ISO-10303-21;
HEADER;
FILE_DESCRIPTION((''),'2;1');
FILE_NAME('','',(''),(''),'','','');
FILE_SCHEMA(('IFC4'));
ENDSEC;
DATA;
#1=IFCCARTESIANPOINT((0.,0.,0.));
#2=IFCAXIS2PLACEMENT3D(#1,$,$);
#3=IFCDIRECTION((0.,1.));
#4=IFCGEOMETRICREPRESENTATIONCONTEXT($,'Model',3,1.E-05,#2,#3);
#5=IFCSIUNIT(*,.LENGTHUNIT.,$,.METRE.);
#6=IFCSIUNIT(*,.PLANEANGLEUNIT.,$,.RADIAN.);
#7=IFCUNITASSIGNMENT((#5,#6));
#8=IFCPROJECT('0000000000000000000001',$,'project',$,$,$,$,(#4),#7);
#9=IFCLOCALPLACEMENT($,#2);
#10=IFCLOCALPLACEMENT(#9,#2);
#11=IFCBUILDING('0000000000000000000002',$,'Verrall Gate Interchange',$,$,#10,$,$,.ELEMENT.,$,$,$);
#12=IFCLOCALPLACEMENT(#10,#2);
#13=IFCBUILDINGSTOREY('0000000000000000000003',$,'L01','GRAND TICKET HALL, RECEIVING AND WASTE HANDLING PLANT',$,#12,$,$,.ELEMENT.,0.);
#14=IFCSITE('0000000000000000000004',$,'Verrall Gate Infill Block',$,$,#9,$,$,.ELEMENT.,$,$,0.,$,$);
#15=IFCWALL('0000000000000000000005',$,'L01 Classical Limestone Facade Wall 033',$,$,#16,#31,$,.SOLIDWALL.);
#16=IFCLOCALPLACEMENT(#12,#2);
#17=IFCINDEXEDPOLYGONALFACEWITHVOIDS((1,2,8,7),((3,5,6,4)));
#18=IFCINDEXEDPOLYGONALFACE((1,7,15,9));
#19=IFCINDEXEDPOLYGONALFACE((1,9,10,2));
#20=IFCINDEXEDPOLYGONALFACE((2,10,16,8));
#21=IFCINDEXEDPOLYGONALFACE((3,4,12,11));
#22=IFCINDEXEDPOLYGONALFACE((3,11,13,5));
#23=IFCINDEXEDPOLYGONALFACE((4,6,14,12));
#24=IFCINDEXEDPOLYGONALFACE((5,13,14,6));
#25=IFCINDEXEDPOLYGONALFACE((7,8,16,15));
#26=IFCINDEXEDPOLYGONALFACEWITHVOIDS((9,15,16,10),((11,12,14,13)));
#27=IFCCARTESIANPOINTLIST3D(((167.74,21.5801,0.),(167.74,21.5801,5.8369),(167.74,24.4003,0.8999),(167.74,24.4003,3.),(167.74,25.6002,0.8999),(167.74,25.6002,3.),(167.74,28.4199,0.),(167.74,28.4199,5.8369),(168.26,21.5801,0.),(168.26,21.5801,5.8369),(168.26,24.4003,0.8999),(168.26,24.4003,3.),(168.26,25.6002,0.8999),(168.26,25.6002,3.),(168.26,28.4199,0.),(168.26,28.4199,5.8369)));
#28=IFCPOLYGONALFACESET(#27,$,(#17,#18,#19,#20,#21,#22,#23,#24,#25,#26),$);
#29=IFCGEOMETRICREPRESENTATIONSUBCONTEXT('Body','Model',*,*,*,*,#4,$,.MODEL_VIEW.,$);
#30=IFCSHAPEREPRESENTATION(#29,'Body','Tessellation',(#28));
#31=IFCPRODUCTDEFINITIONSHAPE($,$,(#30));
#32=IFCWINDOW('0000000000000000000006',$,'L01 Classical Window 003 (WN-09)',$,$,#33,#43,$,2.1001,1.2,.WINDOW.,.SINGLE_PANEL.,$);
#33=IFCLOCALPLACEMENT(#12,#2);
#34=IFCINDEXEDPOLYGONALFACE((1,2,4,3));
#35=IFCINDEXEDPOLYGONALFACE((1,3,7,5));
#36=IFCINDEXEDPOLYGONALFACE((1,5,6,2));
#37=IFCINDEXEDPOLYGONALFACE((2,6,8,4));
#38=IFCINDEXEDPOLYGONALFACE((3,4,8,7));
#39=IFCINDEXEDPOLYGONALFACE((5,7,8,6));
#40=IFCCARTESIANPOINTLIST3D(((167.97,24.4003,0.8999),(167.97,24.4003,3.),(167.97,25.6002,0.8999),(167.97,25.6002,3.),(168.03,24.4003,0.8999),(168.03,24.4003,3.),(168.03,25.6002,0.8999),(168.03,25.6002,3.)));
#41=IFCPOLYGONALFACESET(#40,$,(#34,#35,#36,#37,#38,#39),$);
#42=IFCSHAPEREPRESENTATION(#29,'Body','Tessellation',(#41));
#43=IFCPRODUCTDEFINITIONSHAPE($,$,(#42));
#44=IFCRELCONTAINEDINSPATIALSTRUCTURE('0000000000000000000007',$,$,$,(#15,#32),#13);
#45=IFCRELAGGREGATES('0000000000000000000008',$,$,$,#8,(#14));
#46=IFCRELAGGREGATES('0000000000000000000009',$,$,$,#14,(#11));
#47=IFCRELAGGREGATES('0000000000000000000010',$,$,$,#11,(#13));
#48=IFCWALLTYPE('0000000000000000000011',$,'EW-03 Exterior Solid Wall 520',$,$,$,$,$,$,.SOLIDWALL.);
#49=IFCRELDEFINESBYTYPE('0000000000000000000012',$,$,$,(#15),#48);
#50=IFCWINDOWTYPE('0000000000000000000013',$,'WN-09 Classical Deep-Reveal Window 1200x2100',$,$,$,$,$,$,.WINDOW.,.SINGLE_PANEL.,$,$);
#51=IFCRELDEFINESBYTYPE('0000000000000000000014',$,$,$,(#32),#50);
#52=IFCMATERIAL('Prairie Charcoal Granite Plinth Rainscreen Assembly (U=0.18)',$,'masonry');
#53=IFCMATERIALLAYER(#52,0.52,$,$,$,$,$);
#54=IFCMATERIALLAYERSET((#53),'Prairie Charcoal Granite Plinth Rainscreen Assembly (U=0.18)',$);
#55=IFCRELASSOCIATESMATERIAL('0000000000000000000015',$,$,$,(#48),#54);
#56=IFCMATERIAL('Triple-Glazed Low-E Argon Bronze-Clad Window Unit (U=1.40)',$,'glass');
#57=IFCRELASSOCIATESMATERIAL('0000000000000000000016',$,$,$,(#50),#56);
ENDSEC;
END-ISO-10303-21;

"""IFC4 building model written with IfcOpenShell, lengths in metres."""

from ifc_helpers import new_model, si_unit, direction, frame, frame_2d, origin, place, context, subcontext, project, spatial, rectangle, extrude, material, layer, layer_set, type_object, element, fill, save


model = new_model("IFC4")

# Units and contexts
model_context = context("Model", 3, precision=1e-05, world=origin(), true_north=direction((0.0, 1.0)))
body_context = subcontext(model_context, "Body", "Model", "MODEL_VIEW")
ifc_project = project(units=[si_unit("LENGTHUNIT", "METRE"), si_unit("PLANEANGLEUNIT", "RADIAN")], contexts=[model_context])

# Site, building, storey
site_placement = place(None, origin())
site = spatial("IfcSite", under=ifc_project, at=site_placement, Name="Verrall Gate Infill Block", CompositionType="ELEMENT", RefElevation=0.0)
building_placement = place(site_placement, origin())
building = spatial("IfcBuilding", under=site, at=building_placement, Name="Verrall Gate Interchange", CompositionType="ELEMENT")
storey_placement = place(building_placement, origin())
storey = spatial("IfcBuildingStorey", under=building, at=storey_placement, Name="L01", Description="GRAND TICKET HALL, RECEIVING AND WASTE HANDLING PLANT", CompositionType="ELEMENT", Elevation=0.0)

# Wall, opening, window
ifc_material_1 = material(Name="Prairie Charcoal Granite Plinth Rainscreen Assembly (U=0.18)", Category="masonry")
ifc_layer_1 = layer(ifc_material_1, 0.52)
ifc_layer_set_1 = layer_set([ifc_layer_1], Name="Prairie Charcoal Granite Plinth Rainscreen Assembly (U=0.18)")
wall_type = type_object("IfcWallType", Name="EW-03 Exterior Solid Wall 520", PredefinedType="SOLIDWALL", material=ifc_layer_set_1)
wall_placement = place(storey_placement, frame((168.0, 21.5801, 0.0), z_axis=(0.0, 0.0, 1.0), x_axis=(0.0, 1.0, 0.0)))
wall = element("IfcWall", 1, at=wall_placement, inside=storey, type_object=wall_type, Name="L01 Classical Limestone Facade Wall 033", PredefinedType="SOLIDWALL", context=body_context, shape_type="SweptSolid", body=[
    extrude(rectangle(XDim=6.8398, YDim=0.52, at=frame_2d((3.4199, 0.0))), origin(), (0.0, 0.0, 1.0), 5.8369),
])
opening_placement = place(wall_placement, frame((2.8201, 0.0, 0.8999)))
opening = element("IfcOpeningElement", 2, at=opening_placement, cuts=wall, PredefinedType="OPENING", context=body_context, shape_type="SweptSolid", body=[
    extrude(rectangle(XDim=1.2, YDim=2.1001, at=frame_2d((0.6001, 1.05))), frame((0.0, 0.2749, 0.0), z_axis=(0.0, -1.0, 0.0), x_axis=(1.0, 0.0, 0.0)), (0.0, 0.0, 1.0), 0.5498),
])
ifc_material_2 = material(Name="Triple-Glazed Low-E Argon Bronze-Clad Window Unit (U=1.40)", Category="glass")
window_type = type_object("IfcWindowType", Name="WN-09 Classical Deep-Reveal Window 1200x2100", PartitioningType="SINGLE_PANEL", PredefinedType="WINDOW", material=ifc_material_2)
window_placement = place(opening_placement, origin())
window = element("IfcWindow", 3, at=window_placement, inside=storey, type_object=window_type, Name="L01 Classical Window 003 (WN-09)", OverallHeight=2.1001, OverallWidth=1.2, PartitioningType="SINGLE_PANEL", PredefinedType="WINDOW", context=body_context, shape_type="SweptSolid", body=[
    extrude(rectangle(XDim=1.2, YDim=2.1001, at=frame_2d((0.6001, 1.05))), frame((0.0, 0.03, 0.0), z_axis=(0.0, -1.0, 0.0), x_axis=(1.0, 0.0, 0.0)), (0.0, 0.0, 1.0), 0.0601),
])
fill(opening, window)

save(model, "model.ifc")
